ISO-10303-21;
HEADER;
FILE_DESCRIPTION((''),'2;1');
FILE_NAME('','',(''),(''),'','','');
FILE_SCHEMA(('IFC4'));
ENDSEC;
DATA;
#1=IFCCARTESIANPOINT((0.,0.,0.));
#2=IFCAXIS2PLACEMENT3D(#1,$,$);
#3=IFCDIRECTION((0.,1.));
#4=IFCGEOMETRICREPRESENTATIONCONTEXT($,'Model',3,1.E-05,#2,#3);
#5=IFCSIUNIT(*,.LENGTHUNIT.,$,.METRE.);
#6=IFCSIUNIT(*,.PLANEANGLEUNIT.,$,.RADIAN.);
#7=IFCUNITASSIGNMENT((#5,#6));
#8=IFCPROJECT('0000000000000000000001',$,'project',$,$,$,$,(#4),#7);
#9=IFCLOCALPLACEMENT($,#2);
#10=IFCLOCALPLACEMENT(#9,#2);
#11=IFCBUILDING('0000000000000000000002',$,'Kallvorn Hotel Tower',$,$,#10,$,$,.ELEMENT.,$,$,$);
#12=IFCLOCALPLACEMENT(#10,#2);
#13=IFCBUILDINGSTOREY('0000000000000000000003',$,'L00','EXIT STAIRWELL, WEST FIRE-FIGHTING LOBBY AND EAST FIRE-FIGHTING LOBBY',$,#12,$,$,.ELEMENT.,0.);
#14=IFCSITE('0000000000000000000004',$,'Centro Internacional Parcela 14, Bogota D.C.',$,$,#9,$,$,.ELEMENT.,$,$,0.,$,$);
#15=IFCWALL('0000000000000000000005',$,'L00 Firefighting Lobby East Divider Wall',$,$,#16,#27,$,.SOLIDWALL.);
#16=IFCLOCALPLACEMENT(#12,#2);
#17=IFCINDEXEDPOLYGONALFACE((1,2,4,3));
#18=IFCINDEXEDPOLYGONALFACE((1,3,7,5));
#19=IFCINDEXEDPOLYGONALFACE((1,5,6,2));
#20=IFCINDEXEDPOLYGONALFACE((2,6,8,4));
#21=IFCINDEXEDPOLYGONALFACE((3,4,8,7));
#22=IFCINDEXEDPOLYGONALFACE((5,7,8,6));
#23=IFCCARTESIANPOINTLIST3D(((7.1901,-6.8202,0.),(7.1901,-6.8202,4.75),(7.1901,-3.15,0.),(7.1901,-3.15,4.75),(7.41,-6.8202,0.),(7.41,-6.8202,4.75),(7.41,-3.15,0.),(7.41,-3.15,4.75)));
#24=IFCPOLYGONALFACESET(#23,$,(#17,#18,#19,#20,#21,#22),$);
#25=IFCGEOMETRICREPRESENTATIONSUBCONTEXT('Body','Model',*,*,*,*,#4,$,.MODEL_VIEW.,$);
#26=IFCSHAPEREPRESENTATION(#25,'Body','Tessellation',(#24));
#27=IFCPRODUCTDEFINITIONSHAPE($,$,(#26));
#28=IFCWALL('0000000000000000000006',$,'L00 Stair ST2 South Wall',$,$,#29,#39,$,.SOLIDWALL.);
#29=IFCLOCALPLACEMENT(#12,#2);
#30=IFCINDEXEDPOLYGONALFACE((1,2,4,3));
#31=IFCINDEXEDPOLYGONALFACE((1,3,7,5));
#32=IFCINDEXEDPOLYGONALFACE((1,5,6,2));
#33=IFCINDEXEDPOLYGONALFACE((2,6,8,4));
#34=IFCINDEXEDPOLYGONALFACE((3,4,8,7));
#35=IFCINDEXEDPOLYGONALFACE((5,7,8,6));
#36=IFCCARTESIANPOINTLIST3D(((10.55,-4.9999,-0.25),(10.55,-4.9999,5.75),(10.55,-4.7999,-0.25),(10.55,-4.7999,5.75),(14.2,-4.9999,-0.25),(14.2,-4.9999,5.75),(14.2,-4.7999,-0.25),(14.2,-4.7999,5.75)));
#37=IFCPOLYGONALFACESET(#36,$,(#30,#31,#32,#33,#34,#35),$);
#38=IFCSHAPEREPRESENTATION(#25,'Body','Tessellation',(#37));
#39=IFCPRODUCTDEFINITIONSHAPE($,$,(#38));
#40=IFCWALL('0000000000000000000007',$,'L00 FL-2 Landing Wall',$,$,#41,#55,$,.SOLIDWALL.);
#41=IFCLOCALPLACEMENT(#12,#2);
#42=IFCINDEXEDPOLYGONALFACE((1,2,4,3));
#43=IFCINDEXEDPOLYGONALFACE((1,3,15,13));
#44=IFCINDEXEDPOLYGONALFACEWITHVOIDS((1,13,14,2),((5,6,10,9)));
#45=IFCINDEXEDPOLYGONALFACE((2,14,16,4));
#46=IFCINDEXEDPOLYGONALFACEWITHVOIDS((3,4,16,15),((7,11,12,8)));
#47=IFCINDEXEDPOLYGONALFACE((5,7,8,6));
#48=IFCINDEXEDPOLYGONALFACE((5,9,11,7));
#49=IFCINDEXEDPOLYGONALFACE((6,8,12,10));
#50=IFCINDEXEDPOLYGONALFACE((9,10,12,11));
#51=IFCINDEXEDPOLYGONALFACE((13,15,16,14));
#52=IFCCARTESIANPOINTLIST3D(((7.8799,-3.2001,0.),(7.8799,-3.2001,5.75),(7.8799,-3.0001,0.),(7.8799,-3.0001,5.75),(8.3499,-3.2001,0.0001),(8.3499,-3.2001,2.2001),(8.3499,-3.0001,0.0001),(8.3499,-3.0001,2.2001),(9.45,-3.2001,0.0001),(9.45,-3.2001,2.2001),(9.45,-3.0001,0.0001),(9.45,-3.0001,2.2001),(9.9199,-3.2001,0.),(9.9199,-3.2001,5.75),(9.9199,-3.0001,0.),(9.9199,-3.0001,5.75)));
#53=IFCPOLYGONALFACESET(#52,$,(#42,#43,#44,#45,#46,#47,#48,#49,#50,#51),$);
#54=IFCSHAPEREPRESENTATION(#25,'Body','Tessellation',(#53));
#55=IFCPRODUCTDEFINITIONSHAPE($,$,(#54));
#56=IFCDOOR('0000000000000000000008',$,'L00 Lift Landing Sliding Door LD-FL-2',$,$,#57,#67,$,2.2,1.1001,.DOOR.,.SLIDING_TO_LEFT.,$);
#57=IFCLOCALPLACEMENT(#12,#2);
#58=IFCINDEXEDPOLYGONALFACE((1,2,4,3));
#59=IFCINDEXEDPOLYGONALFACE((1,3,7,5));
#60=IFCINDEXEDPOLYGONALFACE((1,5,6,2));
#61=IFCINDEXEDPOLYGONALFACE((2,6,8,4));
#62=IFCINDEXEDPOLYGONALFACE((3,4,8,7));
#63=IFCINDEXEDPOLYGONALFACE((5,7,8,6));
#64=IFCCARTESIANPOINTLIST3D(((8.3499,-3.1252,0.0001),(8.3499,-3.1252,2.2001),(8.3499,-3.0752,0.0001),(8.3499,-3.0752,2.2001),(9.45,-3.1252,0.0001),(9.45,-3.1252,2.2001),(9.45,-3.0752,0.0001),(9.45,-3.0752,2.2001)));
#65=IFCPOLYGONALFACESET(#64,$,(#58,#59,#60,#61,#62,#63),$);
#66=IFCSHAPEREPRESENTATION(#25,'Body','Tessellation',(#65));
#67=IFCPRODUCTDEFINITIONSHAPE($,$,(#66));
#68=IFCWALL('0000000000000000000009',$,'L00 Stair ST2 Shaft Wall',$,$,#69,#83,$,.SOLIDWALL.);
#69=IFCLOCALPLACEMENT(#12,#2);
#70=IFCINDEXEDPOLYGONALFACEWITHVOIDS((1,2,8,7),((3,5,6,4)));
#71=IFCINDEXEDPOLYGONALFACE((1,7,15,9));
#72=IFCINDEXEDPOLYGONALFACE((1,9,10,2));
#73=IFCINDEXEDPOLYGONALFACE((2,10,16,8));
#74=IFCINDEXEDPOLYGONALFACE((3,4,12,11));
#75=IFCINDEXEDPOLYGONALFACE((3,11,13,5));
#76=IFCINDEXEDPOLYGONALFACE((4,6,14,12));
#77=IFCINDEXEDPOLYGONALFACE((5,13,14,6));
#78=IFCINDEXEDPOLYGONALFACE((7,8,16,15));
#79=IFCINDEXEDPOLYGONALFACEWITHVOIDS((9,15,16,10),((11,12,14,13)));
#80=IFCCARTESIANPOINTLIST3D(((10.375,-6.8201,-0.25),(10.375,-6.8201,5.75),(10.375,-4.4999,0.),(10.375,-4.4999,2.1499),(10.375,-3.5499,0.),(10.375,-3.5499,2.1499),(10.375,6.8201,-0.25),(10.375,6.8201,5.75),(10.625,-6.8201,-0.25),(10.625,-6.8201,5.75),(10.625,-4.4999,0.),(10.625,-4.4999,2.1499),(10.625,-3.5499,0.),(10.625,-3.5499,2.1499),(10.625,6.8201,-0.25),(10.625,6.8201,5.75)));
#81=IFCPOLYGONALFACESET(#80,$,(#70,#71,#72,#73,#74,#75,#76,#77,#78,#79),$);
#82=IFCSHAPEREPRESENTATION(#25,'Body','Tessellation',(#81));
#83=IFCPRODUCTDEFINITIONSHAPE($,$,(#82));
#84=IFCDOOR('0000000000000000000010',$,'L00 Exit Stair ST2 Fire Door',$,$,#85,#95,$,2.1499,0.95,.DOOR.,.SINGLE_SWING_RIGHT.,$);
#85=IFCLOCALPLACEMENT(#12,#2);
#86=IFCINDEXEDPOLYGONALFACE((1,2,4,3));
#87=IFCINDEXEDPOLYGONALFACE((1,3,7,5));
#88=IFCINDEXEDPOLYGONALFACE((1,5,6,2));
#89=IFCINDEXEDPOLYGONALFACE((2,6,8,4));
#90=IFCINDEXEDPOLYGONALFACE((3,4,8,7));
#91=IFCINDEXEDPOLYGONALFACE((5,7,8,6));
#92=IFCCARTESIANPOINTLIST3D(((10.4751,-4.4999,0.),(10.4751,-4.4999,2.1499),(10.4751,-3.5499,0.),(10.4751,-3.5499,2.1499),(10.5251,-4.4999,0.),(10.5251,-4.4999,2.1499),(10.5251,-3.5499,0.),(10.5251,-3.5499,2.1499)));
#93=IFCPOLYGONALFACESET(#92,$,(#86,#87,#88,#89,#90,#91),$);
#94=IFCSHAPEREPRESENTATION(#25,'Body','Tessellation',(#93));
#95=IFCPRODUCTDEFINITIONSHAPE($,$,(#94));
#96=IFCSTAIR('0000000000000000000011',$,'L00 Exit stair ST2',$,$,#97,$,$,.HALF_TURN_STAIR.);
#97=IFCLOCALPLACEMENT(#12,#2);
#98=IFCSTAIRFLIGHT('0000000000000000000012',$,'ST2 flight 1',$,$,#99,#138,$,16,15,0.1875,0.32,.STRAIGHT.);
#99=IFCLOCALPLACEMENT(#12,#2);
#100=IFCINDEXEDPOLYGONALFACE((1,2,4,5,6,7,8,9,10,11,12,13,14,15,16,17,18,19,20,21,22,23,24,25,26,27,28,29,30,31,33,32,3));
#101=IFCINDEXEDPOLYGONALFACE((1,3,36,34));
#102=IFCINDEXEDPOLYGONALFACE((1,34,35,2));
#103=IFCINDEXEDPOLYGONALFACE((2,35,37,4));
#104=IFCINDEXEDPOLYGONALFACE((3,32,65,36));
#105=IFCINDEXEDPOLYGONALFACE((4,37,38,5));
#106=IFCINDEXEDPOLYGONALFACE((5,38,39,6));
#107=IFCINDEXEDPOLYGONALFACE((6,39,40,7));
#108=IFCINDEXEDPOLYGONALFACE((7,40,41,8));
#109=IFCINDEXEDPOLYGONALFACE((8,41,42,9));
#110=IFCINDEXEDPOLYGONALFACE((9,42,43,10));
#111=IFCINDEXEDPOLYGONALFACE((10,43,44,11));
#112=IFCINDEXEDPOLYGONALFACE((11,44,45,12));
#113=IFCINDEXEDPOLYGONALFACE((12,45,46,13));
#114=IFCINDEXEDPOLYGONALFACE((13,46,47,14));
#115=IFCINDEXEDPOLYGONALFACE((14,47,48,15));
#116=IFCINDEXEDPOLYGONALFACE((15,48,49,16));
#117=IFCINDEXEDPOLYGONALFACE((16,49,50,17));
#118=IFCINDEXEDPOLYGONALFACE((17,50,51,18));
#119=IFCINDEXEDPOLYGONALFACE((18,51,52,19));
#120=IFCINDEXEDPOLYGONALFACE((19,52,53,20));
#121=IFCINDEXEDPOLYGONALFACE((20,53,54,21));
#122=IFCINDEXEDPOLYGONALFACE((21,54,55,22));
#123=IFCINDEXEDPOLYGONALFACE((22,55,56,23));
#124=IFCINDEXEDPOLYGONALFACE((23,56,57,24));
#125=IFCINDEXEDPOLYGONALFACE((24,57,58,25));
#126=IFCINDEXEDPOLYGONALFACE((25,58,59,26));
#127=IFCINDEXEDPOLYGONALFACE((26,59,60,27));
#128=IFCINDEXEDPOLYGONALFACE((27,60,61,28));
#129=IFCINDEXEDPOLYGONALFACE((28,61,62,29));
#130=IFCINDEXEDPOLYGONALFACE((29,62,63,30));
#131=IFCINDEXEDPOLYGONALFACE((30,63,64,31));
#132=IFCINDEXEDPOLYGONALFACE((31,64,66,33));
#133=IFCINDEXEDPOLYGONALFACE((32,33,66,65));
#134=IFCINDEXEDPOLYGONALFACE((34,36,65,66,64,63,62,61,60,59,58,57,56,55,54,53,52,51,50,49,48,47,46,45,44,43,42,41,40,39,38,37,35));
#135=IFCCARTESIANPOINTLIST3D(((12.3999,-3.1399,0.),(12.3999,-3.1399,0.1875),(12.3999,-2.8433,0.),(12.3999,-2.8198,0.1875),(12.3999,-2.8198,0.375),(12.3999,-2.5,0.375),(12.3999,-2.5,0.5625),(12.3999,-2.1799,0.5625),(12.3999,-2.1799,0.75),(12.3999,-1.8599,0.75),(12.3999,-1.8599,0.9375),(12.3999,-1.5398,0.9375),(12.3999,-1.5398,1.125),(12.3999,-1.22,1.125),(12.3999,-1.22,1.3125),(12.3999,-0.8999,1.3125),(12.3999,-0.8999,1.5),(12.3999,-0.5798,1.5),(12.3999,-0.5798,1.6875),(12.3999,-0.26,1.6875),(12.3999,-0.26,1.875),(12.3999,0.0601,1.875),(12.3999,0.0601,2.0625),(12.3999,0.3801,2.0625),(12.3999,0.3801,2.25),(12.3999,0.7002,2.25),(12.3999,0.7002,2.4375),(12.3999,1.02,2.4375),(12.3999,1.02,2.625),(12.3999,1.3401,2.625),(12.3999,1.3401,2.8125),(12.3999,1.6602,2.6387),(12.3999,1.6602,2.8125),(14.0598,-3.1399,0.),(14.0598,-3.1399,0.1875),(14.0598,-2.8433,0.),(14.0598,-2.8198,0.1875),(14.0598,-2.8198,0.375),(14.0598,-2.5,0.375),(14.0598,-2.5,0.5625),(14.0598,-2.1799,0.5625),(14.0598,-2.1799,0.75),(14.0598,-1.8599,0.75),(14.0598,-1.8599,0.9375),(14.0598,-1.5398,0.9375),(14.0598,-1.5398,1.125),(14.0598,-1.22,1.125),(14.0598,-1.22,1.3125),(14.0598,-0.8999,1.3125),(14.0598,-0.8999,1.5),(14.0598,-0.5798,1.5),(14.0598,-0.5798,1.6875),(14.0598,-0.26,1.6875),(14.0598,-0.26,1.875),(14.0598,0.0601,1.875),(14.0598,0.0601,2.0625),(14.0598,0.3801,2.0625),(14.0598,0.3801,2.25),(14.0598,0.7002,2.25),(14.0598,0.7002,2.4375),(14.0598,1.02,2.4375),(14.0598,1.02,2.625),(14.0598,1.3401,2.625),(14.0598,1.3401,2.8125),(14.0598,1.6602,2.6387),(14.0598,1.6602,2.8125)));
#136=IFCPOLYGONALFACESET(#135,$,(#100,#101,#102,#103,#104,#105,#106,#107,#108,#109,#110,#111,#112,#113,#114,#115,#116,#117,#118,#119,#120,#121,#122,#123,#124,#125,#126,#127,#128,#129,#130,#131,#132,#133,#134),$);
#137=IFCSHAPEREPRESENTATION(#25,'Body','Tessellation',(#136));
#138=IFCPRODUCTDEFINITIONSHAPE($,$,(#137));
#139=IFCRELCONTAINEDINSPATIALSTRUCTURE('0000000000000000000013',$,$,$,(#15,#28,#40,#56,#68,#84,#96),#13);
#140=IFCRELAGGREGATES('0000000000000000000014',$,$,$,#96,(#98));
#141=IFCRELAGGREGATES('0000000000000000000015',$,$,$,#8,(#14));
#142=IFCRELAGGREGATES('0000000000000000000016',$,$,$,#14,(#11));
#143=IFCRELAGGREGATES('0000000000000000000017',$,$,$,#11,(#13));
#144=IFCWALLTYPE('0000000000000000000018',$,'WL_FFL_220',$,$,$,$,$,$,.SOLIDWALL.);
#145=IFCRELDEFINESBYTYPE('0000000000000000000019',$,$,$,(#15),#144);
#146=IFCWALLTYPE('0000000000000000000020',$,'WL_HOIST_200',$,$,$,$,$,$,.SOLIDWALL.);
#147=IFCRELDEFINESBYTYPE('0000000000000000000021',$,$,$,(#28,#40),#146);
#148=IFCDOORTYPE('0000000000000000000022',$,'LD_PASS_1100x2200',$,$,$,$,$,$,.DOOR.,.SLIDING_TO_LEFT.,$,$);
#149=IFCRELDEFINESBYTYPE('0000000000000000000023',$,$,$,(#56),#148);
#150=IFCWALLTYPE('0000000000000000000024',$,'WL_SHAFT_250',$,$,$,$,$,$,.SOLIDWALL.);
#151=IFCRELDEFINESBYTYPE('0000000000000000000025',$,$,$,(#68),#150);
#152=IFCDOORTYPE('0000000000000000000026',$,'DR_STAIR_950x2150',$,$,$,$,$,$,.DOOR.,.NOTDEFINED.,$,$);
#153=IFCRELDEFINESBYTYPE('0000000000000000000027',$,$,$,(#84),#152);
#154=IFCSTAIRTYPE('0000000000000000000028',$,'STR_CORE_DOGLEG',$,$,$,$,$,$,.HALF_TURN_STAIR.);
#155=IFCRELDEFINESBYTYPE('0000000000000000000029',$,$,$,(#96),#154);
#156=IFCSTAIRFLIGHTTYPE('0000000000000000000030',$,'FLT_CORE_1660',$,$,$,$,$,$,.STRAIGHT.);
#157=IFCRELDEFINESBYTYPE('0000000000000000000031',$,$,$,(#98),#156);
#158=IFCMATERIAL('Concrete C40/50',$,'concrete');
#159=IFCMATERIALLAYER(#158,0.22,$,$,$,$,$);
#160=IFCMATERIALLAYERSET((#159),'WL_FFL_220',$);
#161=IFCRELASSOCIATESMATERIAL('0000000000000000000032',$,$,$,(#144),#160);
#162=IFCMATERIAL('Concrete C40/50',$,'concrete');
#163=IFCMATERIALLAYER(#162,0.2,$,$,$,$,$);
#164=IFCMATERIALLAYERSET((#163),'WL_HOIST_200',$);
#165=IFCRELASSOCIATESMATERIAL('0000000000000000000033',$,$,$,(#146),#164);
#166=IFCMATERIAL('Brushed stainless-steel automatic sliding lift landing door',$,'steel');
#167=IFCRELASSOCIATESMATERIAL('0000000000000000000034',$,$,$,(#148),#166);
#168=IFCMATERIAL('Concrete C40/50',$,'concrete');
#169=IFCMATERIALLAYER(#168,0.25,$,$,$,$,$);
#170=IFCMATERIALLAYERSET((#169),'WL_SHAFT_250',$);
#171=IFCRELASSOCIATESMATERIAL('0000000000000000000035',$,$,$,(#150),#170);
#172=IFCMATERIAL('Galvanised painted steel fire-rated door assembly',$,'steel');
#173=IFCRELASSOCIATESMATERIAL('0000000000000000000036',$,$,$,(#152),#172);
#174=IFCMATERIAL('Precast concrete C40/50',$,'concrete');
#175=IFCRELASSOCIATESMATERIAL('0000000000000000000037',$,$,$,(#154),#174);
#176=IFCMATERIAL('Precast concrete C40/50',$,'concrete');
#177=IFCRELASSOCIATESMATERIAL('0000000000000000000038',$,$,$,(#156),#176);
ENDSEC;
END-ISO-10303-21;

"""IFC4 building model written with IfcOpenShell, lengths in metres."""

from ifc_helpers import new_model, si_unit, direction, frame, frame_2d, origin, place, context, subcontext, project, spatial, polyline, rectangle, outline, extrude, material, layer, layer_set, type_object, element, fill, aggregate, save


model = new_model("IFC4")

# Units and contexts
model_context = context("Model", 3, precision=1e-05, world=origin(), true_north=direction((0.0, 1.0)))
body_context = subcontext(model_context, "Body", "Model", "MODEL_VIEW")
ifc_project = project(units=[si_unit("LENGTHUNIT", "METRE"), si_unit("PLANEANGLEUNIT", "RADIAN")], contexts=[model_context])

# Site, building, storey
site_placement = place(None, origin())
site = spatial("IfcSite", under=ifc_project, at=site_placement, Name="Centro Internacional Parcela 14, Bogota D.C.", CompositionType="ELEMENT", RefElevation=0.0)
building_placement = place(site_placement, origin())
building = spatial("IfcBuilding", under=site, at=building_placement, Name="Kallvorn Hotel Tower", CompositionType="ELEMENT")
storey_placement = place(building_placement, origin())
storey = spatial("IfcBuildingStorey", under=building, at=storey_placement, Name="L00", Description="EXIT STAIRWELL, WEST FIRE-FIGHTING LOBBY AND EAST FIRE-FIGHTING LOBBY", CompositionType="ELEMENT", Elevation=0.0)

# Walls
ifc_material_1 = material(Name="Concrete C40/50", Category="concrete")
ifc_layer_1 = layer(ifc_material_1, 0.22)
ifc_layer_set_1 = layer_set([ifc_layer_1], Name="WL_FFL_220")
wall_type_1 = type_object("IfcWallType", Name="WL_FFL_220", PredefinedType="SOLIDWALL", material=ifc_layer_set_1)
wall_1_placement = place(storey_placement, frame((7.3, -6.8201, 0.0), z_axis=(0.0, 0.0, 1.0), x_axis=(0.0, 1.0, 0.0)))
element("IfcWall", 1, at=wall_1_placement, inside=storey, type_object=wall_type_1, Name="L00 Firefighting Lobby East Divider Wall", PredefinedType="SOLIDWALL", context=body_context, shape_type="SweptSolid", body=[
    extrude(rectangle(XDim=3.6702, YDim=0.22, at=frame_2d((1.835, 0.0))), origin(), (0.0, 0.0, 1.0), 4.75),
])
ifc_material_2 = material(Name="Concrete C40/50", Category="concrete")
ifc_layer_2 = layer(ifc_material_2, 0.2)
ifc_layer_set_2 = layer_set([ifc_layer_2], Name="WL_HOIST_200")
wall_type_2 = type_object("IfcWallType", Name="WL_HOIST_200", PredefinedType="SOLIDWALL", material=ifc_layer_set_2)
wall_2_placement = place(storey_placement, frame((10.55, -4.8999, -0.25), z_axis=(0.0, 0.0, 1.0), x_axis=(1.0, 0.0, 0.0)))
element("IfcWall", 2, at=wall_2_placement, inside=storey, type_object=wall_type_2, Name="L00 Stair ST2 South Wall", PredefinedType="SOLIDWALL", context=body_context, shape_type="SweptSolid", body=[
    extrude(rectangle(XDim=3.6499, YDim=0.2, at=frame_2d((1.825, 0.0))), origin(), (0.0, 0.0, 1.0), 6.0),
])

# Walls, openings, doors
wall_3_placement = place(storey_placement, frame((7.8799, -3.1001, 0.0), z_axis=(0.0, 0.0, 1.0), x_axis=(1.0, 0.0, 0.0)))
wall_3 = element("IfcWall", 3, at=wall_3_placement, inside=storey, type_object=wall_type_2, Name="L00 FL-2 Landing Wall", PredefinedType="SOLIDWALL", context=body_context, shape_type="SweptSolid", body=[
    extrude(rectangle(XDim=2.04, YDim=0.2, at=frame_2d((1.02, 0.0))), origin(), (0.0, 0.0, 1.0), 5.75),
])
opening_1_placement = place(wall_3_placement, frame((0.47, 0.0, 0.0)))
opening_1 = element("IfcOpeningElement", 4, at=opening_1_placement, cuts=wall_3, PredefinedType="OPENING", context=body_context, shape_type="SweptSolid", body=[
    extrude(rectangle(XDim=1.1001, YDim=2.2, at=frame_2d((0.55, 1.1001))), frame((0.0, 0.115, 0.0), z_axis=(0.0, -1.0, 0.0), x_axis=(1.0, 0.0, 0.0)), (0.0, 0.0, 1.0), 0.23),
])
ifc_material_3 = material(Name="Brushed stainless-steel automatic sliding lift landing door", Category="steel")
door_type_1 = type_object("IfcDoorType", Name="LD_PASS_1100x2200", OperationType="SLIDING_TO_LEFT", PredefinedType="DOOR", material=ifc_material_3)
door_1_placement = place(opening_1_placement, origin())
door_1 = element("IfcDoor", 5, at=door_1_placement, inside=storey, type_object=door_type_1, Name="L00 Lift Landing Sliding Door LD-FL-2", OperationType="SLIDING_TO_LEFT", OverallHeight=2.2, OverallWidth=1.1001, PredefinedType="DOOR", context=body_context, shape_type="SweptSolid", body=[
    extrude(rectangle(XDim=1.1001, YDim=2.2, at=frame_2d((0.55, 1.1001))), frame((0.0, 0.0249, 0.0), z_axis=(0.0, -1.0, 0.0), x_axis=(1.0, 0.0, 0.0)), (0.0, 0.0, 1.0), 0.05),
])
fill(opening_1, door_1)
ifc_material_4 = material(Name="Concrete C40/50", Category="concrete")
ifc_layer_3 = layer(ifc_material_4, 0.25)
ifc_layer_set_3 = layer_set([ifc_layer_3], Name="WL_SHAFT_250")
wall_type_3 = type_object("IfcWallType", Name="WL_SHAFT_250", PredefinedType="SOLIDWALL", material=ifc_layer_set_3)
wall_4_placement = place(storey_placement, frame((10.5, -6.8201, -0.25), z_axis=(0.0, 0.0, 1.0), x_axis=(0.0, 1.0, 0.0)))
wall_4 = element("IfcWall", 6, at=wall_4_placement, inside=storey, type_object=wall_type_3, Name="L00 Stair ST2 Shaft Wall", PredefinedType="SOLIDWALL", context=body_context, shape_type="SweptSolid", body=[
    extrude(rectangle(XDim=13.6401, YDim=0.25, at=frame_2d((6.8201, 0.0))), origin(), (0.0, 0.0, 1.0), 6.0),
])
opening_2_placement = place(wall_4_placement, frame((2.3201, 0.0, 0.25)))
opening_2 = element("IfcOpeningElement", 7, at=opening_2_placement, cuts=wall_4, PredefinedType="OPENING", context=body_context, shape_type="SweptSolid", body=[
    extrude(rectangle(XDim=0.95, YDim=2.1499, at=frame_2d((0.4751, 1.075))), frame((0.0, 0.1399, 0.0), z_axis=(0.0, -1.0, 0.0), x_axis=(1.0, 0.0, 0.0)), (0.0, 0.0, 1.0), 0.28),
])
ifc_material_5 = material(Name="Galvanised painted steel fire-rated door assembly", Category="steel")
door_type_2 = type_object("IfcDoorType", Name="DR_STAIR_950x2150", OperationType="NOTDEFINED", PredefinedType="DOOR", material=ifc_material_5)
door_2_placement = place(opening_2_placement, origin())
door_2 = element("IfcDoor", 8, at=door_2_placement, inside=storey, type_object=door_type_2, Name="L00 Exit Stair ST2 Fire Door", OperationType="SINGLE_SWING_RIGHT", OverallHeight=2.1499, OverallWidth=0.95, PredefinedType="DOOR", context=body_context, shape_type="SweptSolid", body=[
    extrude(rectangle(XDim=0.95, YDim=2.1499, at=frame_2d((0.4751, 1.075))), frame((0.0, 0.0249, 0.0), z_axis=(0.0, -1.0, 0.0), x_axis=(1.0, 0.0, 0.0)), (0.0, 0.0, 1.0), 0.05),
])
fill(opening_2, door_2)

# Stair, stair flight
ifc_material_6 = material(Name="Precast concrete C40/50", Category="concrete")
stair_type = type_object("IfcStairType", Name="STR_CORE_DOGLEG", PredefinedType="HALF_TURN_STAIR", material=ifc_material_6)
stair_placement = place(storey_placement, origin())
stair = element("IfcStair", 9, at=stair_placement, inside=storey, type_object=stair_type, Name="L00 Exit stair ST2", PredefinedType="HALF_TURN_STAIR")
ifc_material_7 = material(Name="Precast concrete C40/50", Category="concrete")
stair_flight_type = type_object("IfcStairFlightType", Name="FLT_CORE_1660", PredefinedType="STRAIGHT", material=ifc_material_7)
stair_flight_placement = place(storey_placement, frame((13.23, -3.1399, 0.0), z_axis=(0.0, 0.0, 1.0), x_axis=(0.0, 1.0, 0.0)))
stair_flight = element("IfcStairFlight", 10, at=stair_flight_placement, type_object=stair_flight_type, Name="ST2 flight 1", NumberOfRisers=16, NumberOfTreads=15, PredefinedType="STRAIGHT", RiserHeight=0.1875, TreadLength=0.32, context=body_context, shape_type="SweptSolid", body=[
    extrude(outline(polyline([(0.0, 0.0), (0.0, 0.1875), (0.3201, 0.1875), (0.3201, 0.375), (0.6399, 0.375), (0.6399, 0.5625), (0.96, 0.5625), (0.96, 0.75), (1.28, 0.75), (1.28, 0.9375), (1.6001, 0.9375), (1.6001, 1.125), (1.9199, 1.125), (1.9199, 1.3125), (2.24, 1.3125), (2.24, 1.5), (2.5601, 1.5), (2.5601, 1.6875), (2.8799, 1.6875), (2.8799, 1.875), (3.2, 1.875), (3.2, 2.0625), (3.52, 2.0625), (3.52, 2.25), (3.8401, 2.25), (3.8401, 2.4375), (4.1599, 2.4375), (4.1599, 2.625), (4.48, 2.625), (4.48, 2.8125), (4.8, 2.8125), (4.8, 3.0), (4.8, 2.6387), (0.2966, 0.0), (0.0, 0.0)])), frame((0.0, 0.8301, 0.0), z_axis=(0.0, -1.0, 0.0), x_axis=(1.0, 0.0, 0.0)), (0.0, 0.0, 1.0), 1.6599),
])
aggregate(stair, [stair_flight])

save(model, "model.ifc")
